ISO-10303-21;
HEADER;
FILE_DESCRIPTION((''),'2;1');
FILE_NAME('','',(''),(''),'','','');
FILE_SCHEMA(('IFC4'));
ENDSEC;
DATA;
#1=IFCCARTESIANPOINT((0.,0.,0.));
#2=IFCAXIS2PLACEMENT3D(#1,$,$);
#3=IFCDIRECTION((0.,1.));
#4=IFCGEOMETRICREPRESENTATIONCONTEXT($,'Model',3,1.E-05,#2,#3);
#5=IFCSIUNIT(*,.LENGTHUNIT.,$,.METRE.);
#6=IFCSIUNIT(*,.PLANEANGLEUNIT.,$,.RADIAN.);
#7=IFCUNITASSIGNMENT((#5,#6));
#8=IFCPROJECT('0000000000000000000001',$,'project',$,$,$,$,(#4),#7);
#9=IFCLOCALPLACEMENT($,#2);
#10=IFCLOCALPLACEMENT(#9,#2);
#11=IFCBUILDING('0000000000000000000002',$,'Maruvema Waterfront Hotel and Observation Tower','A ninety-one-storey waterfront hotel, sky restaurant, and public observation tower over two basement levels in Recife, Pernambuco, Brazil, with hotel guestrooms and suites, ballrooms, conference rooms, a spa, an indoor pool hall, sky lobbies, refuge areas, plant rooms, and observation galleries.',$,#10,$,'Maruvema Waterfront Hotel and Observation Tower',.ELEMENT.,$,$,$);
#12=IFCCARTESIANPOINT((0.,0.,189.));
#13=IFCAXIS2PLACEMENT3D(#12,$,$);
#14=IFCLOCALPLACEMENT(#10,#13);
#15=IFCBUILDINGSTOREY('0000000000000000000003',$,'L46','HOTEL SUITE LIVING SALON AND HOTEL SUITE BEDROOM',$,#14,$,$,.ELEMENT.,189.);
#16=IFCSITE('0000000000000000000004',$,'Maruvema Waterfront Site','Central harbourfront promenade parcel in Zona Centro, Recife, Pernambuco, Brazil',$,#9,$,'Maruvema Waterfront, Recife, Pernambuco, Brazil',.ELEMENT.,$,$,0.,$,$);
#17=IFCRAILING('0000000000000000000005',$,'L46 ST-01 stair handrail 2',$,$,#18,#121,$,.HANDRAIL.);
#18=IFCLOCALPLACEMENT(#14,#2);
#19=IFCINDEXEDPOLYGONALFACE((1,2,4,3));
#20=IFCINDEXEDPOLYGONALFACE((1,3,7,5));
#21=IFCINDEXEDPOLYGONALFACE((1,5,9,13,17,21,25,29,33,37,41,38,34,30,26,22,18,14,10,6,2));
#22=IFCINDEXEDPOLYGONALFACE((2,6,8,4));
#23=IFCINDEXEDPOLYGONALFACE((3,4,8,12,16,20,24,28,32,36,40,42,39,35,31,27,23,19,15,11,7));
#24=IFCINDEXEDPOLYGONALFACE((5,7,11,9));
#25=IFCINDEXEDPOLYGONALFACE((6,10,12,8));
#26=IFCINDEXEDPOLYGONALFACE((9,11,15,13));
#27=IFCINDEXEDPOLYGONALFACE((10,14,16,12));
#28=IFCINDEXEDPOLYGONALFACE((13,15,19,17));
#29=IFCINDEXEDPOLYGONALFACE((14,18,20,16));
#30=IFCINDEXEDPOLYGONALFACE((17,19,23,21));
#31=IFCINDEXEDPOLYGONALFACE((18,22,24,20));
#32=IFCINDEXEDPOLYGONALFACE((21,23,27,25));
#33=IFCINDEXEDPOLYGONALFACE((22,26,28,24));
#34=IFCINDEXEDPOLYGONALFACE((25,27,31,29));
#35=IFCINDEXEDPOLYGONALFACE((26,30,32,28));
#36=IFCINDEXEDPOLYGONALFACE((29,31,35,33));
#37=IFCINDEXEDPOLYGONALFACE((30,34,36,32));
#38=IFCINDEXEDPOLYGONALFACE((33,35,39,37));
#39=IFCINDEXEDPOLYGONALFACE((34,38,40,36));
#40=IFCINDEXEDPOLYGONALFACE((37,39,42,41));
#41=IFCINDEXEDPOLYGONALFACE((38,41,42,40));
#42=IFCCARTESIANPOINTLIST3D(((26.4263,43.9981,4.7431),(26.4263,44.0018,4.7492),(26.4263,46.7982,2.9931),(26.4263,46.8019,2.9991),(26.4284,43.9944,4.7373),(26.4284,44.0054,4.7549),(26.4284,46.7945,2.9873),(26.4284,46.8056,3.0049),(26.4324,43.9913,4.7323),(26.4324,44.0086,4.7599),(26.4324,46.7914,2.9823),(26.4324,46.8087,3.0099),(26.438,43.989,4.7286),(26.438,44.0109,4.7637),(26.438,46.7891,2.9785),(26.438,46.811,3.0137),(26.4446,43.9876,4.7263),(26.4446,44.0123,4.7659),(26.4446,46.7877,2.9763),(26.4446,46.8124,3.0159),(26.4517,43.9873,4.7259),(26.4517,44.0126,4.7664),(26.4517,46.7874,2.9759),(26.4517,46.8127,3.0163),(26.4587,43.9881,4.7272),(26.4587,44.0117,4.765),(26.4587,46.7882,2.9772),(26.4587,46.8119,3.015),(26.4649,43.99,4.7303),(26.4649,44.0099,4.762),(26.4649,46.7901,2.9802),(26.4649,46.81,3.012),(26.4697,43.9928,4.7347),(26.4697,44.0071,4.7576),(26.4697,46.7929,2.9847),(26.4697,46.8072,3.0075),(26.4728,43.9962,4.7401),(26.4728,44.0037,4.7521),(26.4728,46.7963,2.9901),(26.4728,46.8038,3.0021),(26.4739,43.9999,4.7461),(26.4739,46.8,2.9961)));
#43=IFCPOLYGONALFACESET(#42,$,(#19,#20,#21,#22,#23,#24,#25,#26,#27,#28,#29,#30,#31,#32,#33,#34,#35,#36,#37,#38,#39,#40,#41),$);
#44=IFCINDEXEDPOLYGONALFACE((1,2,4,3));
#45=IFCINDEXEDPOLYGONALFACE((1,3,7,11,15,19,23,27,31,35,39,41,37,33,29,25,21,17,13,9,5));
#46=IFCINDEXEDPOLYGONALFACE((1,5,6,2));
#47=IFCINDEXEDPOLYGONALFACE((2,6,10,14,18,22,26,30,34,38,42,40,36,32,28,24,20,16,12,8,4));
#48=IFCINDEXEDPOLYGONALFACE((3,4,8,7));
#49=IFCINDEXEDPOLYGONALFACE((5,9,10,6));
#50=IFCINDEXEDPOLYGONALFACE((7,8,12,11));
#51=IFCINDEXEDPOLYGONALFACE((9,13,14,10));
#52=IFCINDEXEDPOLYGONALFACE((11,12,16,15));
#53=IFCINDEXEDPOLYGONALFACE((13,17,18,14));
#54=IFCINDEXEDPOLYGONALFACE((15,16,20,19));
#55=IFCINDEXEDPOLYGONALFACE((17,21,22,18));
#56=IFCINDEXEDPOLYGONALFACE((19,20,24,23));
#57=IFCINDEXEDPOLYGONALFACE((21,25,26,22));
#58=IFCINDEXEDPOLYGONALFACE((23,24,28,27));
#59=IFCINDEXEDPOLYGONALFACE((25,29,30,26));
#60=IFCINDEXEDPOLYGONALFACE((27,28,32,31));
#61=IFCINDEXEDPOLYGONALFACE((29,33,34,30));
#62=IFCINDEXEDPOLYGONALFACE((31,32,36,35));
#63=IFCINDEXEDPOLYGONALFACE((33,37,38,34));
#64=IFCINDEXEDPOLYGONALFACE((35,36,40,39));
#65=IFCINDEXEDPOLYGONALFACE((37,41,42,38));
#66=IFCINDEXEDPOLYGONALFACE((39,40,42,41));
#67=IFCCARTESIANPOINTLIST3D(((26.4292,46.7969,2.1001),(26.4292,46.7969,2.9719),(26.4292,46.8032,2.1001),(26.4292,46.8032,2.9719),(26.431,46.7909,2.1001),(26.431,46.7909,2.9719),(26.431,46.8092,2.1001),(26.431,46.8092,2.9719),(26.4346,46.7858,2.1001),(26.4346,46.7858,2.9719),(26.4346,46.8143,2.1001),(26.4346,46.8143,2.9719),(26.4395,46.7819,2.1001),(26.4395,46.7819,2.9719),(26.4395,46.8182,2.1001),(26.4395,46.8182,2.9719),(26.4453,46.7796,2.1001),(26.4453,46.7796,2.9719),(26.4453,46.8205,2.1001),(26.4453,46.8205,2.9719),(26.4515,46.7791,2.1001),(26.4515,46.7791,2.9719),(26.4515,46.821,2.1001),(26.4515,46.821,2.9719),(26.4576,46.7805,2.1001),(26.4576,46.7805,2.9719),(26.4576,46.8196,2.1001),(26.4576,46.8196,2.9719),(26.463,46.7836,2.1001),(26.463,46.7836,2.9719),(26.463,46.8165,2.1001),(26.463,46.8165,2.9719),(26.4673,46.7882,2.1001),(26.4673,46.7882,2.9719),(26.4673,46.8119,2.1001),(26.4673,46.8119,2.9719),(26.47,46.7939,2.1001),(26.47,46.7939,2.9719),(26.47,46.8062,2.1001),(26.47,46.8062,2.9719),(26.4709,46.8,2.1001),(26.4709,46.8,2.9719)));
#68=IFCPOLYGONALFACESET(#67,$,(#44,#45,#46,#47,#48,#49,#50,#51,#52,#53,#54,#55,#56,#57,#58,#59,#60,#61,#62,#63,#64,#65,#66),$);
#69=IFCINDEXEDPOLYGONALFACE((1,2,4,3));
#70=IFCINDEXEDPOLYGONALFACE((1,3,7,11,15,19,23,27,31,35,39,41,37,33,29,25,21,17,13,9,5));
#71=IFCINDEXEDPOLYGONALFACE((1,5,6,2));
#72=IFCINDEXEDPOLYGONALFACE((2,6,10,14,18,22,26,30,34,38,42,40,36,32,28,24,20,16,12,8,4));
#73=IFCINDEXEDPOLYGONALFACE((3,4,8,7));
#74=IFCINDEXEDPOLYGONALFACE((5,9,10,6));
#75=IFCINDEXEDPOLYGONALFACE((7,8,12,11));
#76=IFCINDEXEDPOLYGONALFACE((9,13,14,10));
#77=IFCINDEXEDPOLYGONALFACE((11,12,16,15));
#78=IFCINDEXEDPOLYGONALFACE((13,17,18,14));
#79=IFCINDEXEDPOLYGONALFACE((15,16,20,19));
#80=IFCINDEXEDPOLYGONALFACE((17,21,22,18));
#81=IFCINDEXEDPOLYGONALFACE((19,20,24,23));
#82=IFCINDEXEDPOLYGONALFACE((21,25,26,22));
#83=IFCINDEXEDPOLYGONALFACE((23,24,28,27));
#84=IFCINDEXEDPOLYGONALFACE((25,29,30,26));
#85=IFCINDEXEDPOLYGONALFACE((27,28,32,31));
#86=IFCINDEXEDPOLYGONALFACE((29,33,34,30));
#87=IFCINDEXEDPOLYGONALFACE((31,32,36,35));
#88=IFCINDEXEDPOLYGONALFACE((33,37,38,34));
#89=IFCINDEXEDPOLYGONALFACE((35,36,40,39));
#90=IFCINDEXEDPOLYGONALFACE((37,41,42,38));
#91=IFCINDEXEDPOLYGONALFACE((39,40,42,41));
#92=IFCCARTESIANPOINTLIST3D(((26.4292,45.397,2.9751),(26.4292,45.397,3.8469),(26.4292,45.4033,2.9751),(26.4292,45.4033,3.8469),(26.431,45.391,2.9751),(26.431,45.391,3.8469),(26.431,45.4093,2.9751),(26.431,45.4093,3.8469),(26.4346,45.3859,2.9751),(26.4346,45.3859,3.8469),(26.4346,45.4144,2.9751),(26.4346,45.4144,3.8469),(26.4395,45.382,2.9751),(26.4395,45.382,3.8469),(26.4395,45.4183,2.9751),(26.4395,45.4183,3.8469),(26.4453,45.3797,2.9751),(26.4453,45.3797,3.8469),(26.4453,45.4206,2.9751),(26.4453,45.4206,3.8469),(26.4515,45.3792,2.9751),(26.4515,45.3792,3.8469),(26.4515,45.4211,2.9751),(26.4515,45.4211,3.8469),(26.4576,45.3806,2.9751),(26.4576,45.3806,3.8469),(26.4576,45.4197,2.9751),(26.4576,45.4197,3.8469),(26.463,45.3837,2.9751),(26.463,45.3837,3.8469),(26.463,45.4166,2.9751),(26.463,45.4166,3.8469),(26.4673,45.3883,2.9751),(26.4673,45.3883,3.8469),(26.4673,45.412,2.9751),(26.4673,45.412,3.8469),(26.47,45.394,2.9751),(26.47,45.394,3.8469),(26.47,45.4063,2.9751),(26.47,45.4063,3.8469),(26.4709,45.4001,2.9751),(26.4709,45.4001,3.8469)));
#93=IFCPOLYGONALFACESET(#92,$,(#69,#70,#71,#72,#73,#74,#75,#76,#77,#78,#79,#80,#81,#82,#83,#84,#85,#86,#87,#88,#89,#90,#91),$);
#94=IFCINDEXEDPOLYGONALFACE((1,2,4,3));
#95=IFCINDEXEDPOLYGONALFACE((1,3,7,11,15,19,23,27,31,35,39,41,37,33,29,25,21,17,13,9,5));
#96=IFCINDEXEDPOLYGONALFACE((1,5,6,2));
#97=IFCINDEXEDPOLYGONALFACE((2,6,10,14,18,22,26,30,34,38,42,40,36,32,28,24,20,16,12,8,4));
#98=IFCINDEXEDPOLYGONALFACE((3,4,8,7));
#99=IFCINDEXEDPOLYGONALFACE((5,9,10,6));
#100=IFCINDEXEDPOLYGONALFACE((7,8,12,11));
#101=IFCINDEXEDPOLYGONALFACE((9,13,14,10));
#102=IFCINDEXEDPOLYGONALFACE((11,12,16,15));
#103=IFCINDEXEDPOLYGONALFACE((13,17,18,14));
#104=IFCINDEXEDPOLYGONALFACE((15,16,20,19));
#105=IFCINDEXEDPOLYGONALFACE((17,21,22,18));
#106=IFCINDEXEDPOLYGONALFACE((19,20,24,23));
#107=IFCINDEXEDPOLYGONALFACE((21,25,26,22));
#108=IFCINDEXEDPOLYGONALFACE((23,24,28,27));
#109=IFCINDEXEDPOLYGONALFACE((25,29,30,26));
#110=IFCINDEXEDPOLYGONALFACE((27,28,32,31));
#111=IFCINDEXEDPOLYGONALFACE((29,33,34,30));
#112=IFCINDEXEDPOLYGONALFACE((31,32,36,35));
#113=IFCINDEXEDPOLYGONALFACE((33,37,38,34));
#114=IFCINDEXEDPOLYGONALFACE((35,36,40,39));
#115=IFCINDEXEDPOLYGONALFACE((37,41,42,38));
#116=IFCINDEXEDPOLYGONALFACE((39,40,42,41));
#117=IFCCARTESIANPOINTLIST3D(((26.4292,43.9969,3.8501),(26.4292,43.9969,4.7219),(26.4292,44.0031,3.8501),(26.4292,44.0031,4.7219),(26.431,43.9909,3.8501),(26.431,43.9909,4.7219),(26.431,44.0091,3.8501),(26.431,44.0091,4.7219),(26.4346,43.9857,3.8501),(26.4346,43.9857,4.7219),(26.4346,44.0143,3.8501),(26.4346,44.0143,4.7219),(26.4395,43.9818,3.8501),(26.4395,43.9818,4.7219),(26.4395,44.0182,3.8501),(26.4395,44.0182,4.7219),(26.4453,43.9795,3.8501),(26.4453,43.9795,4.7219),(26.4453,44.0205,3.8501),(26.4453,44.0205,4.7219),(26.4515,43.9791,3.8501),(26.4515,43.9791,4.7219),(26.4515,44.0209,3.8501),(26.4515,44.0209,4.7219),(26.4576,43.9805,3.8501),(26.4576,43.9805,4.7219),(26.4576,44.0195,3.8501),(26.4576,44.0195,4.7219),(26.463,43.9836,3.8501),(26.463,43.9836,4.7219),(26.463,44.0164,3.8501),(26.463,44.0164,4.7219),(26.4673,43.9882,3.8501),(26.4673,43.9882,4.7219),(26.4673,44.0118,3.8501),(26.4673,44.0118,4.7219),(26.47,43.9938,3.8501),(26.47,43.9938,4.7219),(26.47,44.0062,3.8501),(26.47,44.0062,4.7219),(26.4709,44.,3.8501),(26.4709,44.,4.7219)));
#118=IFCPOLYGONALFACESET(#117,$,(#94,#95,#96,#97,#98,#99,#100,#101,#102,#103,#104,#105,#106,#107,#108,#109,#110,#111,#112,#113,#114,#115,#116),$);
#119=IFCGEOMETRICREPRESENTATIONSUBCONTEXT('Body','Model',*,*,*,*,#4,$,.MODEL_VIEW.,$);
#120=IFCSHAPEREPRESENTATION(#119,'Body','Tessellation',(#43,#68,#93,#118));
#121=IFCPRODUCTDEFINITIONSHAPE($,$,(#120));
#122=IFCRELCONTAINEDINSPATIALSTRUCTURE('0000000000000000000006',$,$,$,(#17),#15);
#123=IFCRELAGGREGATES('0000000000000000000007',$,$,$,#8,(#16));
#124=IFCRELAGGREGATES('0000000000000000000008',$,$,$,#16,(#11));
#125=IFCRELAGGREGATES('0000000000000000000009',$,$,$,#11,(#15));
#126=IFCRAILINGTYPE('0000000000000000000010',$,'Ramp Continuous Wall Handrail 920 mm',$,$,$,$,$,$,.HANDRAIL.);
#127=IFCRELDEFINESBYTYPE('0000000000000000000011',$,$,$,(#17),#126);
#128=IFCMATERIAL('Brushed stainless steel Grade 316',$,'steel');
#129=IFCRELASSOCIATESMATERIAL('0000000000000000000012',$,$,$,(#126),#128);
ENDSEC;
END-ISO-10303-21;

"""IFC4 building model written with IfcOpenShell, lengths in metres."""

from ifc_helpers import new_model, si_unit, direction, frame, origin, origin_2d, place, context, subcontext, project, spatial, circle, extrude, material, type_object, element, save


model = new_model("IFC4")

# Units and contexts
model_context = context("Model", 3, precision=1e-05, world=origin(), true_north=direction((0.0, 1.0)))
body_context = subcontext(model_context, "Body", "Model", "MODEL_VIEW")
ifc_project = project(units=[si_unit("LENGTHUNIT", "METRE"), si_unit("PLANEANGLEUNIT", "RADIAN")], contexts=[model_context])

# Site, building, storey
site_placement = place(None, origin())
site = spatial("IfcSite", under=ifc_project, at=site_placement, Name="Maruvema Waterfront Site", Description="Central harbourfront promenade parcel in Zona Centro, Recife, Pernambuco, Brazil", LongName="Maruvema Waterfront, Recife, Pernambuco, Brazil", CompositionType="ELEMENT", RefElevation=0.0)
building_placement = place(site_placement, origin())
building = spatial("IfcBuilding", under=site, at=building_placement, Name="Maruvema Waterfront Hotel and Observation Tower", Description="A ninety-one-storey waterfront hotel, sky restaurant, and public observation tower over two basement levels in Recife, Pernambuco, Brazil, with hotel guestrooms and suites, ballrooms, conference rooms, a spa, an indoor pool hall, sky lobbies, refuge areas, plant rooms, and observation galleries.", LongName="Maruvema Waterfront Hotel and Observation Tower", CompositionType="ELEMENT")
storey_placement = place(building_placement, frame((0.0, 0.0, 189.0)))
storey = spatial("IfcBuildingStorey", under=building, at=storey_placement, Name="L46", Description="HOTEL SUITE LIVING SALON AND HOTEL SUITE BEDROOM", CompositionType="ELEMENT", Elevation=189.0)

# Railing
ifc_material_1 = material(Name="Brushed stainless steel Grade 316", Category="steel")
railing_type_1 = type_object("IfcRailingType", Name="Ramp Continuous Wall Handrail 920 mm", PredefinedType="HANDRAIL", material=ifc_material_1)
railing_1_placement = place(storey_placement, frame((26.45, 46.8, 2.1001)))
element("IfcRailing", 1, at=railing_1_placement, inside=storey, type_object=railing_type_1, Name="L46 ST-01 stair handrail 2", PredefinedType="HANDRAIL", context=body_context, shape_type="SweptSolid", body=[
    extrude(circle(Radius=0.0239, at=origin_2d()), frame((0.0, 0.0, 0.896), z_axis=(0.0, -0.848002, 0.529992), x_axis=(1.0, 0.0, 0.0)), (0.0, 0.0, 1.0), 3.302),
    extrude(circle(Radius=0.021, at=origin_2d()), origin(), (0.0, 0.0, 1.0), 0.8718),
    extrude(circle(Radius=0.021, at=origin_2d()), frame((0.0, -1.3999, 0.875)), (0.0, 0.0, 1.0), 0.8718),
    extrude(circle(Radius=0.021, at=origin_2d()), frame((0.0, -2.8, 1.75)), (0.0, 0.0, 1.0), 0.8718),
])

save(model, "model.ifc")
